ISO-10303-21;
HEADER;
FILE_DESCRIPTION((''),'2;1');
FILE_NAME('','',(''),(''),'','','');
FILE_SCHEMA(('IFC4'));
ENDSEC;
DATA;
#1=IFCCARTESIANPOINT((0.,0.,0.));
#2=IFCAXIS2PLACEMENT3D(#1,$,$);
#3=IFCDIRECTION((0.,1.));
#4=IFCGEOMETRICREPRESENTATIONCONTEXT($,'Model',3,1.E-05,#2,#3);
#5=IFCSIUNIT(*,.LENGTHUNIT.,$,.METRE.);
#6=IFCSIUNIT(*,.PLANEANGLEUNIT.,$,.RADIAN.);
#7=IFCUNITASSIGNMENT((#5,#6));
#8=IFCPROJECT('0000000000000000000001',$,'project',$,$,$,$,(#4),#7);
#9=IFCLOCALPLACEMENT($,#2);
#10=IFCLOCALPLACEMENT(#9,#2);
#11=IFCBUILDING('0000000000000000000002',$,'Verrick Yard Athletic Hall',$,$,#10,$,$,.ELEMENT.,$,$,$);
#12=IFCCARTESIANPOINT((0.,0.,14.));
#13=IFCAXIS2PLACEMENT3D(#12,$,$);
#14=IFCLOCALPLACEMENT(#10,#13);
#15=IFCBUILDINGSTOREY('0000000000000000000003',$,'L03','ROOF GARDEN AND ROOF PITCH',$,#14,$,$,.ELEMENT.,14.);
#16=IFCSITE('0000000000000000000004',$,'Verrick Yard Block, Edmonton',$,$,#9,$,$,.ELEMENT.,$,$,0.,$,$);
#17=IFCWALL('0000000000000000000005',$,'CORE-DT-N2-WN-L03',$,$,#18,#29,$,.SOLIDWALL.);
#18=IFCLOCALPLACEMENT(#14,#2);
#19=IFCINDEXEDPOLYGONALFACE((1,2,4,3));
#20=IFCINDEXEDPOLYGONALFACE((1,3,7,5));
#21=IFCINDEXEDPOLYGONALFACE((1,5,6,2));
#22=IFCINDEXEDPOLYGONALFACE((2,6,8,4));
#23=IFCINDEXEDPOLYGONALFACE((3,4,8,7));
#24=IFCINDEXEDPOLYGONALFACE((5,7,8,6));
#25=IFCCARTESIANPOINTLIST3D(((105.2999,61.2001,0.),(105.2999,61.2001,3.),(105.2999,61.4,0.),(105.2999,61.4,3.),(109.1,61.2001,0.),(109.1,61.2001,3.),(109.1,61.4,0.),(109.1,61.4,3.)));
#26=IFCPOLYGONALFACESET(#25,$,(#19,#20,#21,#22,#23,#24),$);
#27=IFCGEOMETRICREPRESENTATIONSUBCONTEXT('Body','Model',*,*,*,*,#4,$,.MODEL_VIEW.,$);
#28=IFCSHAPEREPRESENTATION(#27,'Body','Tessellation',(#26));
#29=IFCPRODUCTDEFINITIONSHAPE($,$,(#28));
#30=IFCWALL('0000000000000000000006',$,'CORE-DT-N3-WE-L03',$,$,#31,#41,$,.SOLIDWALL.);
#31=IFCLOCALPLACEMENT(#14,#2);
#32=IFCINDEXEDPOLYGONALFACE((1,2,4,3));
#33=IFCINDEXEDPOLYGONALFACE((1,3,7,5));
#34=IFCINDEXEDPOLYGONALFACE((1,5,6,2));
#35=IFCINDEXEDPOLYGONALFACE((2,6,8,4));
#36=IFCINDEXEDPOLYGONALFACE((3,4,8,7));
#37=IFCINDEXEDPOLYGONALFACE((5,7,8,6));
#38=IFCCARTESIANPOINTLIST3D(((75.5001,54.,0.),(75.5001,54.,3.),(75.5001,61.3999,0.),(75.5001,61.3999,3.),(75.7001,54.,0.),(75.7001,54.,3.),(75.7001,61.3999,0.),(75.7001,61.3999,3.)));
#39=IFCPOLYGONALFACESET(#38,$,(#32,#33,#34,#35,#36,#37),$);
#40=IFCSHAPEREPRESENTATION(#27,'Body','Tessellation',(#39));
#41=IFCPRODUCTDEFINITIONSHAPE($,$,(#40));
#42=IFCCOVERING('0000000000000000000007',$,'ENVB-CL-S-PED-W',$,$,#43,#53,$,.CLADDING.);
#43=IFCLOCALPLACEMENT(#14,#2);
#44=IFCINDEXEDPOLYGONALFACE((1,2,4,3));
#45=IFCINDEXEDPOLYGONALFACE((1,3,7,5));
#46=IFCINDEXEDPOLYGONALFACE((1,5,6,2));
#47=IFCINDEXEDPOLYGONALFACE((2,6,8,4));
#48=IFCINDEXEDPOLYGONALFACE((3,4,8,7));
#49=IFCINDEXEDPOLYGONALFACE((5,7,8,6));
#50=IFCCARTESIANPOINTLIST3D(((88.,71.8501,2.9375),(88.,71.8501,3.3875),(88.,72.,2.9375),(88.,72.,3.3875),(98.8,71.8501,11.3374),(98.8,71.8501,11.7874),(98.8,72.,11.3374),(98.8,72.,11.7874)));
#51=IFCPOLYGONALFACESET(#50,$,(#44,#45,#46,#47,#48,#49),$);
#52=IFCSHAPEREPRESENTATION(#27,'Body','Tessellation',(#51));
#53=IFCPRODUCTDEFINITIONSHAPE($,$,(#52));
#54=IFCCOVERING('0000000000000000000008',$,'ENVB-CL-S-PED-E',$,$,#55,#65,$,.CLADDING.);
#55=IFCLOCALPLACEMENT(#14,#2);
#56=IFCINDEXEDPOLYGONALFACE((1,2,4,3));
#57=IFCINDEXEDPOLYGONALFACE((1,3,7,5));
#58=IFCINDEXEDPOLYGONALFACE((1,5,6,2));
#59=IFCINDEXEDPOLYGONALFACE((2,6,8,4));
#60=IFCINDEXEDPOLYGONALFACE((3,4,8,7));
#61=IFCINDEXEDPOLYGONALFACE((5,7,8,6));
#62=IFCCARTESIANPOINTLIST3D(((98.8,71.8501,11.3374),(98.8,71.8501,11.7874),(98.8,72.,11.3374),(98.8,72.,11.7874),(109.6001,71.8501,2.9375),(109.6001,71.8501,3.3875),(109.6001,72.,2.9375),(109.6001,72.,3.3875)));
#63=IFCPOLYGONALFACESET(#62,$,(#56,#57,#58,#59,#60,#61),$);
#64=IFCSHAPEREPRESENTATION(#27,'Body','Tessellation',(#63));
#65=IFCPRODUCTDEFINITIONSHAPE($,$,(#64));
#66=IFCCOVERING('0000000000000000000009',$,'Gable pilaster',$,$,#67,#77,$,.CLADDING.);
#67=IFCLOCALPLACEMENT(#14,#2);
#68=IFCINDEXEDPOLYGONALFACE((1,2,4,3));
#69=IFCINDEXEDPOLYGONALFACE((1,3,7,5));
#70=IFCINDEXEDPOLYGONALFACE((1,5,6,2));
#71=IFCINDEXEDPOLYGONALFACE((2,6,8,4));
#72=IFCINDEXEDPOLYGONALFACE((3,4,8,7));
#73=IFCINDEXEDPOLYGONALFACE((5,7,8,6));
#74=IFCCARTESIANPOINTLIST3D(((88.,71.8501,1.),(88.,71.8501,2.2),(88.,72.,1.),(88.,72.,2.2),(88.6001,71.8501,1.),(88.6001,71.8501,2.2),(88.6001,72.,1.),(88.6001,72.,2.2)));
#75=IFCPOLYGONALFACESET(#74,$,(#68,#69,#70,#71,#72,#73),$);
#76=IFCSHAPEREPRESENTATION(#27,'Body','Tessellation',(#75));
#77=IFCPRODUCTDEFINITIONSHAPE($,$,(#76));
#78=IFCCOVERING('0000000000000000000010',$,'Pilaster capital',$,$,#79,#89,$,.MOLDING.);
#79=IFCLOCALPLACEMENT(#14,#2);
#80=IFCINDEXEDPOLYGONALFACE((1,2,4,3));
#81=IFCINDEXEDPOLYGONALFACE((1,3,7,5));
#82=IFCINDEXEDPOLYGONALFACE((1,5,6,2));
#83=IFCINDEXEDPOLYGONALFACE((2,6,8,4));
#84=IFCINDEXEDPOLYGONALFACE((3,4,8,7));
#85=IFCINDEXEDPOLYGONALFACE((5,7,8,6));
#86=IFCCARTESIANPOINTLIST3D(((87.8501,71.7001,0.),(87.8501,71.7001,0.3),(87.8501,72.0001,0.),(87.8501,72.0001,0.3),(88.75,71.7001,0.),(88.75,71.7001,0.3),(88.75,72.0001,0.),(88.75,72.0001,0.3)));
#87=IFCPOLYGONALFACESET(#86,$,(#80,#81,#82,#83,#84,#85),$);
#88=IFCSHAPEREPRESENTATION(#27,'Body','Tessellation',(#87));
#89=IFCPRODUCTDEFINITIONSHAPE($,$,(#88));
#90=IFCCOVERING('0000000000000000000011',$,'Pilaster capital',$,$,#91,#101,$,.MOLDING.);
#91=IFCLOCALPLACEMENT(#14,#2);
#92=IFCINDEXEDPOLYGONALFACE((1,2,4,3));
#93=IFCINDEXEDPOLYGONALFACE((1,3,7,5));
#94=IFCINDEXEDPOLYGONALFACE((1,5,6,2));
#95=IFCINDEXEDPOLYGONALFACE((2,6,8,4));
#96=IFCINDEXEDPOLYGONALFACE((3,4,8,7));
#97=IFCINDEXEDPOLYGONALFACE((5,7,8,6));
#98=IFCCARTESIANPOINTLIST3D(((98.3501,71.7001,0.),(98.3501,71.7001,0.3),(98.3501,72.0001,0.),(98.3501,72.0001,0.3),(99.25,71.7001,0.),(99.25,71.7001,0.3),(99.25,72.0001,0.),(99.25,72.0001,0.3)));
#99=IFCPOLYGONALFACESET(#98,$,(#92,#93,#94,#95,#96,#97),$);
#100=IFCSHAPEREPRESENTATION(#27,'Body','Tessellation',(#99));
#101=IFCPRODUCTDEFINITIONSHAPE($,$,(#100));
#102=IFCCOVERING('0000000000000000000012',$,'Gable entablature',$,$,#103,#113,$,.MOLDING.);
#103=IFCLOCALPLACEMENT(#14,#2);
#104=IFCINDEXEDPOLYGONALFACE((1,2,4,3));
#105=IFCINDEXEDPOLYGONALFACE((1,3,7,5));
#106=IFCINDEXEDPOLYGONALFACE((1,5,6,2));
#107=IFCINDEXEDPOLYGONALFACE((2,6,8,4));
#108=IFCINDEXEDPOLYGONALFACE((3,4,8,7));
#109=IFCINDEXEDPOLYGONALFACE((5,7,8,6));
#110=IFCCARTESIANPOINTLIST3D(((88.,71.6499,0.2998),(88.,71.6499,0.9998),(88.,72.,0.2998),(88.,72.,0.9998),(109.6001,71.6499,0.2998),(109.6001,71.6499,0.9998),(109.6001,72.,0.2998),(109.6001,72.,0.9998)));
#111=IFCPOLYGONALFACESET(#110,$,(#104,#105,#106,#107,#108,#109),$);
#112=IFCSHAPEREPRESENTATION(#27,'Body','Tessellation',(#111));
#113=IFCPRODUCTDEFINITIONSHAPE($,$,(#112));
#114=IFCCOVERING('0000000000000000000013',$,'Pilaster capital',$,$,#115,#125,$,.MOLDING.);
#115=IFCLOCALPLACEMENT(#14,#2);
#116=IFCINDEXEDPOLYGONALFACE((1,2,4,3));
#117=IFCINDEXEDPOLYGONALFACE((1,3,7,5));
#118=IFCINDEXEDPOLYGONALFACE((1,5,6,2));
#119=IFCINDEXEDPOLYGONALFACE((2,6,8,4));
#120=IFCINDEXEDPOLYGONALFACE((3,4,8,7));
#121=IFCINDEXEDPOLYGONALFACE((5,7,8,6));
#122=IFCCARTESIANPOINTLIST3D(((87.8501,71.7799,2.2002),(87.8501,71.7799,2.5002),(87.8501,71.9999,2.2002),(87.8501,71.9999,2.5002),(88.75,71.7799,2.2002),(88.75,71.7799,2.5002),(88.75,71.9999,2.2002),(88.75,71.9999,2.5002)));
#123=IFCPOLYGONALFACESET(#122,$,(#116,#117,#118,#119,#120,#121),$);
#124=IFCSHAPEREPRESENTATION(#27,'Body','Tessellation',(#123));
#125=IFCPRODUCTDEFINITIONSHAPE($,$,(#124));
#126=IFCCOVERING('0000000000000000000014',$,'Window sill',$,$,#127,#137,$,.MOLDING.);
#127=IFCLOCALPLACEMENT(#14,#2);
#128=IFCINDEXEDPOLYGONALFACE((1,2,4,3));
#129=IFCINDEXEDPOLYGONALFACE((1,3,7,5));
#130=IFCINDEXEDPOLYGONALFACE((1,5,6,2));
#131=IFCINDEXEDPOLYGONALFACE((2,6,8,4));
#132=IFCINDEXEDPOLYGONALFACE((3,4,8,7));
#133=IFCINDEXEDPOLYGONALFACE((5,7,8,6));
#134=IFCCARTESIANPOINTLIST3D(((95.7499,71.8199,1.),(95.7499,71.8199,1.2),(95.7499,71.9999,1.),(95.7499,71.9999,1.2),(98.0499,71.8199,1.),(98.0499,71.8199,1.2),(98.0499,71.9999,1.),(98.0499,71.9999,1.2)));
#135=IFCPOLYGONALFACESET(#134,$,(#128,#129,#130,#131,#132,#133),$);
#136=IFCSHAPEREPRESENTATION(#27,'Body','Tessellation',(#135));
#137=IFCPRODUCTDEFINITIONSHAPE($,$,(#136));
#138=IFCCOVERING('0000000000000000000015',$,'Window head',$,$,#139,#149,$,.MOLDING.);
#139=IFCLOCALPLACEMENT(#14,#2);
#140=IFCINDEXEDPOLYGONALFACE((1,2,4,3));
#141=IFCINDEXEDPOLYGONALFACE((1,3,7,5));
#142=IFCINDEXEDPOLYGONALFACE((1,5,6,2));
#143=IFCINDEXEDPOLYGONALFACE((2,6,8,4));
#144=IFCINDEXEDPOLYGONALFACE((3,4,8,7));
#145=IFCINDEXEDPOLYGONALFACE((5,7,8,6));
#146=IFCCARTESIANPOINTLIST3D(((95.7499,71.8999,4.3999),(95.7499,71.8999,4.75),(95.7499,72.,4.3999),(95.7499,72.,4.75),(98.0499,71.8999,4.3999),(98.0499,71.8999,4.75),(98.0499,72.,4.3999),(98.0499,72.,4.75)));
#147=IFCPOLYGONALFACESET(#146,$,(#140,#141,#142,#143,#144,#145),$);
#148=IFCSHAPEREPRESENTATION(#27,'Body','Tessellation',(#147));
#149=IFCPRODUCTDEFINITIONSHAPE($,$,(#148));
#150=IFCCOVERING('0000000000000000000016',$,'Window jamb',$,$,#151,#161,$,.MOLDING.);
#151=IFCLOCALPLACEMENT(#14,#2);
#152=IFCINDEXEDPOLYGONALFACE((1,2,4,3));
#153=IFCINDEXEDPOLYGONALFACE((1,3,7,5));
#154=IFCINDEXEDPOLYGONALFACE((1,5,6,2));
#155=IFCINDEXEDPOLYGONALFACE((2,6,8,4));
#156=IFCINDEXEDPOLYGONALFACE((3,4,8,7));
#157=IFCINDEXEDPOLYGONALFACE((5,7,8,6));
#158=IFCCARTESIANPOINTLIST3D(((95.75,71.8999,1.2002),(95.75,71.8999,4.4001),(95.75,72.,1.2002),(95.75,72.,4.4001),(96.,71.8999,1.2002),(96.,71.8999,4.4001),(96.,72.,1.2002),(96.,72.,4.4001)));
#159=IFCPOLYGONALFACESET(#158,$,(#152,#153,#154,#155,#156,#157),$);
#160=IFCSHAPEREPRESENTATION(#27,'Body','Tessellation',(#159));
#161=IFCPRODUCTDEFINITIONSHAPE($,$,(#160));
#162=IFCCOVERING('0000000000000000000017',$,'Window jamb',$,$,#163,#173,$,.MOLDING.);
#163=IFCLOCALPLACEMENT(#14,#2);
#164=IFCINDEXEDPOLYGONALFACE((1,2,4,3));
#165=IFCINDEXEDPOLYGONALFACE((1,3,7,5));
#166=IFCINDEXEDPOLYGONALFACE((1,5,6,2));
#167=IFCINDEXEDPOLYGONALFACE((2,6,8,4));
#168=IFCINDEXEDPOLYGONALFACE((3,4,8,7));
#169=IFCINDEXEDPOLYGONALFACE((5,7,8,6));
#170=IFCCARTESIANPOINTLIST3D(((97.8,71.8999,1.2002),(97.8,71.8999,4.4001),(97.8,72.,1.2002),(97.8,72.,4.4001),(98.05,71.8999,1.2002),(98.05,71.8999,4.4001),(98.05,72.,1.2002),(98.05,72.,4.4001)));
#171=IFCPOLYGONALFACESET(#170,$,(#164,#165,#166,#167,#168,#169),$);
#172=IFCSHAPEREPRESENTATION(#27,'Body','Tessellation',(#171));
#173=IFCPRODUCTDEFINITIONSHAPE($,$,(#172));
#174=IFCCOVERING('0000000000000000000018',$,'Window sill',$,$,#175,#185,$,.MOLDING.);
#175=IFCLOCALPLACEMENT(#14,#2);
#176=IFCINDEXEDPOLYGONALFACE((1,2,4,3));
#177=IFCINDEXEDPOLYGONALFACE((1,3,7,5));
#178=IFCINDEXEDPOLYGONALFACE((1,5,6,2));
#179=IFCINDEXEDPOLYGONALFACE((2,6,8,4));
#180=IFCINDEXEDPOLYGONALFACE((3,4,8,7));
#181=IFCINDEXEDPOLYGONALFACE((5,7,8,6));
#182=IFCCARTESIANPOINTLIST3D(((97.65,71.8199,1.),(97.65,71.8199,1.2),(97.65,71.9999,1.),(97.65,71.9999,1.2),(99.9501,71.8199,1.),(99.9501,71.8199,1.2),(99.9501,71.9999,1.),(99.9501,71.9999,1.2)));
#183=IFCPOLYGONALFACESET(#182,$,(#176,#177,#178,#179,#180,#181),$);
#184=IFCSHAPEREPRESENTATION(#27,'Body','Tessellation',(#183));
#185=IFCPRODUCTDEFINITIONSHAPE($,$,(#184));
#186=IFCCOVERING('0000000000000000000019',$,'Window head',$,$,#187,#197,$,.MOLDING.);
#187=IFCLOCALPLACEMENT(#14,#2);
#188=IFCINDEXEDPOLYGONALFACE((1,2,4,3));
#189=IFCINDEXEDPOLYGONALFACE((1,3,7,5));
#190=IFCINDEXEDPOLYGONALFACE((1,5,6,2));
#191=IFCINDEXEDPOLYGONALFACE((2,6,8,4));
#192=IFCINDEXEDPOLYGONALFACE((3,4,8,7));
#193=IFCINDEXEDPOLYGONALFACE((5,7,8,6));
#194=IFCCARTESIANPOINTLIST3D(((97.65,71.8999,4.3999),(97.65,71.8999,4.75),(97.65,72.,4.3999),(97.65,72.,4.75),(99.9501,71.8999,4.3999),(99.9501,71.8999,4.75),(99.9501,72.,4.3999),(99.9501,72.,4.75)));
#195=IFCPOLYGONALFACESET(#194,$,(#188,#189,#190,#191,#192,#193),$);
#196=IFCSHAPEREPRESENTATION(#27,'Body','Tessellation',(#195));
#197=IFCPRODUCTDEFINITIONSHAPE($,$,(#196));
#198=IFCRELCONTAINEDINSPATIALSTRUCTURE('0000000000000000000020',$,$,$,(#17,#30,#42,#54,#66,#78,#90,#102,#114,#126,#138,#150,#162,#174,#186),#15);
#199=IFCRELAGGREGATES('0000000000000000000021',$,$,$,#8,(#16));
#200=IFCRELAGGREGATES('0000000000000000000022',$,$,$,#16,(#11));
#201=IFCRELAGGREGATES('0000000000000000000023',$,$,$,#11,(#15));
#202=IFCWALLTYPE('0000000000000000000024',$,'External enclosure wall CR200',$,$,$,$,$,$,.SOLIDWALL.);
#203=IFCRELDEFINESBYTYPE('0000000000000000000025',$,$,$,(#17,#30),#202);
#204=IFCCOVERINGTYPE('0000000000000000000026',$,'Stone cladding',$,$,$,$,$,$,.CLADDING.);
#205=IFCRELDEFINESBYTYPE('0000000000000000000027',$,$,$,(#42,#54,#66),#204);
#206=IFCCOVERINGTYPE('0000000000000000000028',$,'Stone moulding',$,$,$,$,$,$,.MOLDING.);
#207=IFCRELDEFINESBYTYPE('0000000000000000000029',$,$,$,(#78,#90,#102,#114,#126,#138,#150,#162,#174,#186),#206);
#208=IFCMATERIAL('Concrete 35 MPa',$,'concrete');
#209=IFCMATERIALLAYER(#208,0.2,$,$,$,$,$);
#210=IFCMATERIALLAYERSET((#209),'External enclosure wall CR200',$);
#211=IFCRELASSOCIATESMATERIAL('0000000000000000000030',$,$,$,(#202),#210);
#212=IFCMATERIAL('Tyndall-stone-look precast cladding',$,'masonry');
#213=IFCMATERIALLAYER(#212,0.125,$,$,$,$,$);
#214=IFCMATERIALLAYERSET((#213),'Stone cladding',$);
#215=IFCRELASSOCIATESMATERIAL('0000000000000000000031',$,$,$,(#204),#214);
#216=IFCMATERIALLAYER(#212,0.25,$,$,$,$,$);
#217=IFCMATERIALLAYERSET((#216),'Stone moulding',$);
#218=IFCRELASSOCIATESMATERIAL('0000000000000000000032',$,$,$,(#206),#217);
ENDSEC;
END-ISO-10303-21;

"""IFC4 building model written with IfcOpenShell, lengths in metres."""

from ifc_helpers import new_model, si_unit, direction, frame, frame_2d, origin, origin_2d, place, context, subcontext, project, spatial, polyline, rectangle, outline, extrude, material, layer, layer_set, type_object, element, save


model = new_model("IFC4")

# Units and contexts
model_context = context("Model", 3, precision=1e-05, world=origin(), true_north=direction((0.0, 1.0)))
body_context = subcontext(model_context, "Body", "Model", "MODEL_VIEW")
ifc_project = project(units=[si_unit("LENGTHUNIT", "METRE"), si_unit("PLANEANGLEUNIT", "RADIAN")], contexts=[model_context])

# Site, building, storey
site_placement = place(None, origin())
site = spatial("IfcSite", under=ifc_project, at=site_placement, Name="Verrick Yard Block, Edmonton", CompositionType="ELEMENT", RefElevation=0.0)
building_placement = place(site_placement, origin())
building = spatial("IfcBuilding", under=site, at=building_placement, Name="Verrick Yard Athletic Hall", CompositionType="ELEMENT")
storey_placement = place(building_placement, frame((0.0, 0.0, 14.0)))
storey = spatial("IfcBuildingStorey", under=building, at=storey_placement, Name="L03", Description="ROOF GARDEN AND ROOF PITCH", CompositionType="ELEMENT", Elevation=14.0)

# Walls
ifc_material_1 = material(Name="Concrete 35 MPa", Category="concrete")
ifc_layer_1 = layer(ifc_material_1, 0.2)
ifc_layer_set_1 = layer_set([ifc_layer_1], Name="External enclosure wall CR200")
wall_type = type_object("IfcWallType", Name="External enclosure wall CR200", PredefinedType="SOLIDWALL", material=ifc_layer_set_1)
wall_1_placement = place(storey_placement, frame((105.3, 61.3, 0.0), z_axis=(0.0, 0.0, 1.0), x_axis=(1.0, 0.0, 0.0)))
element("IfcWall", 1, at=wall_1_placement, inside=storey, type_object=wall_type, Name="CORE-DT-N2-WN-L03", PredefinedType="SOLIDWALL", context=body_context, shape_type="SweptSolid", body=[
    extrude(rectangle(XDim=3.8, YDim=0.2, at=frame_2d((1.8999, 0.0))), origin(), (0.0, 0.0, 1.0), 3.0),
])
wall_2_placement = place(storey_placement, frame((75.6001, 61.3999, 0.0), z_axis=(0.0, 0.0, 1.0), x_axis=(0.0, -1.0, 0.0)))
element("IfcWall", 2, at=wall_2_placement, inside=storey, type_object=wall_type, Name="CORE-DT-N3-WE-L03", PredefinedType="SOLIDWALL", context=body_context, shape_type="SweptSolid", body=[
    extrude(rectangle(XDim=7.3999, YDim=0.2, at=frame_2d((3.7, 0.0))), origin(), (0.0, 0.0, 1.0), 3.0),
])

# Coverings
ifc_material_2 = material(Name="Tyndall-stone-look precast cladding", Category="masonry")
ifc_layer_2 = layer(ifc_material_2, 0.125)
ifc_layer_set_2 = layer_set([ifc_layer_2], Name="Stone cladding")
covering_type_1 = type_object("IfcCoveringType", Name="Stone cladding", PredefinedType="CLADDING", material=ifc_layer_set_2)
covering_1_placement = place(storey_placement, frame((88.0, 71.925, 2.9375), z_axis=(0.0, 0.0, 1.0), x_axis=(1.0, 0.0, 0.0)))
element("IfcCovering", 3, at=covering_1_placement, inside=storey, type_object=covering_type_1, Name="ENVB-CL-S-PED-W", PredefinedType="CLADDING", context=body_context, shape_type="SweptSolid", body=[
    extrude(outline(polyline([(0.0, 0.0), (10.8, 8.3999), (10.8, 8.8499), (0.0, 0.45), (0.0, 0.0)])), frame((0.0, 0.075, 0.0), z_axis=(0.0, -1.0, 0.0), x_axis=(1.0, 0.0, 0.0)), (0.0, 0.0, 1.0), 0.1499),
])
covering_2_placement = place(storey_placement, frame((98.8, 71.925, 2.9375), z_axis=(0.0, 0.0, 1.0), x_axis=(1.0, 0.0, 0.0)))
element("IfcCovering", 4, at=covering_2_placement, inside=storey, type_object=covering_type_1, Name="ENVB-CL-S-PED-E", PredefinedType="CLADDING", context=body_context, shape_type="SweptSolid", body=[
    extrude(outline(polyline([(0.0, 8.3999), (10.8, 0.0), (10.8, 0.45), (0.0, 8.8499), (0.0, 8.3999)])), frame((0.0, 0.075, 0.0), z_axis=(0.0, -1.0, 0.0), x_axis=(1.0, 0.0, 0.0)), (0.0, 0.0, 1.0), 0.1499),
])
covering_3_placement = place(storey_placement, frame((88.3, 71.925, 1.0), z_axis=(0.0, 0.0, 1.0), x_axis=(1.0, 0.0, 0.0)))
element("IfcCovering", 5, at=covering_3_placement, inside=storey, type_object=covering_type_1, Name="Gable pilaster", PredefinedType="CLADDING", context=body_context, shape_type="SweptSolid", body=[
    extrude(rectangle(XDim=0.6001, YDim=0.1499, at=origin_2d()), origin(), (0.0, 0.0, 1.0), 1.2),
])
ifc_layer_3 = layer(ifc_material_2, 0.25)
ifc_layer_set_3 = layer_set([ifc_layer_3], Name="Stone moulding")
covering_type_2 = type_object("IfcCoveringType", Name="Stone moulding", PredefinedType="MOLDING", material=ifc_layer_set_3)
for number, where, z_axis, x_axis, name in (
    (6, (88.3, 71.8501, 0.0), (0.0, 0.0, 1.0), (1.0, 0.0, 0.0), "Pilaster capital"),
    (7, (98.8, 71.8501, 0.0), (0.0, 0.0, 1.0), (1.0, 0.0, 0.0), "Pilaster capital"),
):
    element("IfcCovering", number, at=place(storey_placement, frame(where, z_axis=z_axis, x_axis=x_axis)), inside=storey, type_object=covering_type_2, Name=name, PredefinedType="MOLDING", context=body_context, shape_type="SweptSolid", body=[
        extrude(rectangle(XDim=0.8999, YDim=0.3, at=origin_2d()), origin(), (0.0, 0.0, 1.0), 0.3),
    ])
covering_4_placement = place(storey_placement, frame((98.8, 71.825, 0.2998), z_axis=(0.0, 0.0, 1.0), x_axis=(1.0, 0.0, 0.0)))
element("IfcCovering", 8, at=covering_4_placement, inside=storey, type_object=covering_type_2, Name="Gable entablature", PredefinedType="MOLDING", context=body_context, shape_type="SweptSolid", body=[
    extrude(rectangle(XDim=21.6001, YDim=0.3501, at=origin_2d()), origin(), (0.0, 0.0, 1.0), 0.7),
])
covering_5_placement = place(storey_placement, frame((88.3, 71.8899, 2.2002), z_axis=(0.0, 0.0, 1.0), x_axis=(1.0, 0.0, 0.0)))
element("IfcCovering", 9, at=covering_5_placement, inside=storey, type_object=covering_type_2, Name="Pilaster capital", PredefinedType="MOLDING", context=body_context, shape_type="SweptSolid", body=[
    extrude(rectangle(XDim=0.8999, YDim=0.22, at=origin_2d()), origin(), (0.0, 0.0, 1.0), 0.3),
])
covering_6_placement = place(storey_placement, frame((96.8999, 71.9099, 1.0), z_axis=(0.0, 0.0, 1.0), x_axis=(1.0, 0.0, 0.0)))
element("IfcCovering", 10, at=covering_6_placement, inside=storey, type_object=covering_type_2, Name="Window sill", PredefinedType="MOLDING", context=body_context, shape_type="SweptSolid", body=[
    extrude(rectangle(XDim=2.3, YDim=0.1799, at=origin_2d()), origin(), (0.0, 0.0, 1.0), 0.2),
])
covering_7_placement = place(storey_placement, frame((96.8999, 71.95, 4.3999), z_axis=(0.0, 0.0, 1.0), x_axis=(1.0, 0.0, 0.0)))
element("IfcCovering", 11, at=covering_7_placement, inside=storey, type_object=covering_type_2, Name="Window head", PredefinedType="MOLDING", context=body_context, shape_type="SweptSolid", body=[
    extrude(rectangle(XDim=2.3, YDim=0.1001, at=origin_2d()), origin(), (0.0, 0.0, 1.0), 0.3501),
])
for number, where, z_axis, x_axis, name in (
    (12, (95.875, 71.95, 1.2002), (0.0, 0.0, 1.0), (1.0, 0.0, 0.0), "Window jamb"),
    (13, (97.925, 71.95, 1.2002), (0.0, 0.0, 1.0), (1.0, 0.0, 0.0), "Window jamb"),
):
    element("IfcCovering", number, at=place(storey_placement, frame(where, z_axis=z_axis, x_axis=x_axis)), inside=storey, type_object=covering_type_2, Name=name, PredefinedType="MOLDING", context=body_context, shape_type="SweptSolid", body=[
        extrude(rectangle(XDim=0.25, YDim=0.1001, at=origin_2d()), origin(), (0.0, 0.0, 1.0), 3.2),
    ])
covering_8_placement = place(storey_placement, frame((98.8, 71.9099, 1.0), z_axis=(0.0, 0.0, 1.0), x_axis=(1.0, 0.0, 0.0)))
element("IfcCovering", 14, at=covering_8_placement, inside=storey, type_object=covering_type_2, Name="Window sill", PredefinedType="MOLDING", context=body_context, shape_type="SweptSolid", body=[
    extrude(rectangle(XDim=2.3, YDim=0.1799, at=origin_2d()), origin(), (0.0, 0.0, 1.0), 0.2),
])
covering_9_placement = place(storey_placement, frame((98.8, 71.95, 4.3999), z_axis=(0.0, 0.0, 1.0), x_axis=(1.0, 0.0, 0.0)))
element("IfcCovering", 15, at=covering_9_placement, inside=storey, type_object=covering_type_2, Name="Window head", PredefinedType="MOLDING", context=body_context, shape_type="SweptSolid", body=[
    extrude(rectangle(XDim=2.3, YDim=0.1001, at=origin_2d()), origin(), (0.0, 0.0, 1.0), 0.3501),
])

save(model, "model.ifc")
